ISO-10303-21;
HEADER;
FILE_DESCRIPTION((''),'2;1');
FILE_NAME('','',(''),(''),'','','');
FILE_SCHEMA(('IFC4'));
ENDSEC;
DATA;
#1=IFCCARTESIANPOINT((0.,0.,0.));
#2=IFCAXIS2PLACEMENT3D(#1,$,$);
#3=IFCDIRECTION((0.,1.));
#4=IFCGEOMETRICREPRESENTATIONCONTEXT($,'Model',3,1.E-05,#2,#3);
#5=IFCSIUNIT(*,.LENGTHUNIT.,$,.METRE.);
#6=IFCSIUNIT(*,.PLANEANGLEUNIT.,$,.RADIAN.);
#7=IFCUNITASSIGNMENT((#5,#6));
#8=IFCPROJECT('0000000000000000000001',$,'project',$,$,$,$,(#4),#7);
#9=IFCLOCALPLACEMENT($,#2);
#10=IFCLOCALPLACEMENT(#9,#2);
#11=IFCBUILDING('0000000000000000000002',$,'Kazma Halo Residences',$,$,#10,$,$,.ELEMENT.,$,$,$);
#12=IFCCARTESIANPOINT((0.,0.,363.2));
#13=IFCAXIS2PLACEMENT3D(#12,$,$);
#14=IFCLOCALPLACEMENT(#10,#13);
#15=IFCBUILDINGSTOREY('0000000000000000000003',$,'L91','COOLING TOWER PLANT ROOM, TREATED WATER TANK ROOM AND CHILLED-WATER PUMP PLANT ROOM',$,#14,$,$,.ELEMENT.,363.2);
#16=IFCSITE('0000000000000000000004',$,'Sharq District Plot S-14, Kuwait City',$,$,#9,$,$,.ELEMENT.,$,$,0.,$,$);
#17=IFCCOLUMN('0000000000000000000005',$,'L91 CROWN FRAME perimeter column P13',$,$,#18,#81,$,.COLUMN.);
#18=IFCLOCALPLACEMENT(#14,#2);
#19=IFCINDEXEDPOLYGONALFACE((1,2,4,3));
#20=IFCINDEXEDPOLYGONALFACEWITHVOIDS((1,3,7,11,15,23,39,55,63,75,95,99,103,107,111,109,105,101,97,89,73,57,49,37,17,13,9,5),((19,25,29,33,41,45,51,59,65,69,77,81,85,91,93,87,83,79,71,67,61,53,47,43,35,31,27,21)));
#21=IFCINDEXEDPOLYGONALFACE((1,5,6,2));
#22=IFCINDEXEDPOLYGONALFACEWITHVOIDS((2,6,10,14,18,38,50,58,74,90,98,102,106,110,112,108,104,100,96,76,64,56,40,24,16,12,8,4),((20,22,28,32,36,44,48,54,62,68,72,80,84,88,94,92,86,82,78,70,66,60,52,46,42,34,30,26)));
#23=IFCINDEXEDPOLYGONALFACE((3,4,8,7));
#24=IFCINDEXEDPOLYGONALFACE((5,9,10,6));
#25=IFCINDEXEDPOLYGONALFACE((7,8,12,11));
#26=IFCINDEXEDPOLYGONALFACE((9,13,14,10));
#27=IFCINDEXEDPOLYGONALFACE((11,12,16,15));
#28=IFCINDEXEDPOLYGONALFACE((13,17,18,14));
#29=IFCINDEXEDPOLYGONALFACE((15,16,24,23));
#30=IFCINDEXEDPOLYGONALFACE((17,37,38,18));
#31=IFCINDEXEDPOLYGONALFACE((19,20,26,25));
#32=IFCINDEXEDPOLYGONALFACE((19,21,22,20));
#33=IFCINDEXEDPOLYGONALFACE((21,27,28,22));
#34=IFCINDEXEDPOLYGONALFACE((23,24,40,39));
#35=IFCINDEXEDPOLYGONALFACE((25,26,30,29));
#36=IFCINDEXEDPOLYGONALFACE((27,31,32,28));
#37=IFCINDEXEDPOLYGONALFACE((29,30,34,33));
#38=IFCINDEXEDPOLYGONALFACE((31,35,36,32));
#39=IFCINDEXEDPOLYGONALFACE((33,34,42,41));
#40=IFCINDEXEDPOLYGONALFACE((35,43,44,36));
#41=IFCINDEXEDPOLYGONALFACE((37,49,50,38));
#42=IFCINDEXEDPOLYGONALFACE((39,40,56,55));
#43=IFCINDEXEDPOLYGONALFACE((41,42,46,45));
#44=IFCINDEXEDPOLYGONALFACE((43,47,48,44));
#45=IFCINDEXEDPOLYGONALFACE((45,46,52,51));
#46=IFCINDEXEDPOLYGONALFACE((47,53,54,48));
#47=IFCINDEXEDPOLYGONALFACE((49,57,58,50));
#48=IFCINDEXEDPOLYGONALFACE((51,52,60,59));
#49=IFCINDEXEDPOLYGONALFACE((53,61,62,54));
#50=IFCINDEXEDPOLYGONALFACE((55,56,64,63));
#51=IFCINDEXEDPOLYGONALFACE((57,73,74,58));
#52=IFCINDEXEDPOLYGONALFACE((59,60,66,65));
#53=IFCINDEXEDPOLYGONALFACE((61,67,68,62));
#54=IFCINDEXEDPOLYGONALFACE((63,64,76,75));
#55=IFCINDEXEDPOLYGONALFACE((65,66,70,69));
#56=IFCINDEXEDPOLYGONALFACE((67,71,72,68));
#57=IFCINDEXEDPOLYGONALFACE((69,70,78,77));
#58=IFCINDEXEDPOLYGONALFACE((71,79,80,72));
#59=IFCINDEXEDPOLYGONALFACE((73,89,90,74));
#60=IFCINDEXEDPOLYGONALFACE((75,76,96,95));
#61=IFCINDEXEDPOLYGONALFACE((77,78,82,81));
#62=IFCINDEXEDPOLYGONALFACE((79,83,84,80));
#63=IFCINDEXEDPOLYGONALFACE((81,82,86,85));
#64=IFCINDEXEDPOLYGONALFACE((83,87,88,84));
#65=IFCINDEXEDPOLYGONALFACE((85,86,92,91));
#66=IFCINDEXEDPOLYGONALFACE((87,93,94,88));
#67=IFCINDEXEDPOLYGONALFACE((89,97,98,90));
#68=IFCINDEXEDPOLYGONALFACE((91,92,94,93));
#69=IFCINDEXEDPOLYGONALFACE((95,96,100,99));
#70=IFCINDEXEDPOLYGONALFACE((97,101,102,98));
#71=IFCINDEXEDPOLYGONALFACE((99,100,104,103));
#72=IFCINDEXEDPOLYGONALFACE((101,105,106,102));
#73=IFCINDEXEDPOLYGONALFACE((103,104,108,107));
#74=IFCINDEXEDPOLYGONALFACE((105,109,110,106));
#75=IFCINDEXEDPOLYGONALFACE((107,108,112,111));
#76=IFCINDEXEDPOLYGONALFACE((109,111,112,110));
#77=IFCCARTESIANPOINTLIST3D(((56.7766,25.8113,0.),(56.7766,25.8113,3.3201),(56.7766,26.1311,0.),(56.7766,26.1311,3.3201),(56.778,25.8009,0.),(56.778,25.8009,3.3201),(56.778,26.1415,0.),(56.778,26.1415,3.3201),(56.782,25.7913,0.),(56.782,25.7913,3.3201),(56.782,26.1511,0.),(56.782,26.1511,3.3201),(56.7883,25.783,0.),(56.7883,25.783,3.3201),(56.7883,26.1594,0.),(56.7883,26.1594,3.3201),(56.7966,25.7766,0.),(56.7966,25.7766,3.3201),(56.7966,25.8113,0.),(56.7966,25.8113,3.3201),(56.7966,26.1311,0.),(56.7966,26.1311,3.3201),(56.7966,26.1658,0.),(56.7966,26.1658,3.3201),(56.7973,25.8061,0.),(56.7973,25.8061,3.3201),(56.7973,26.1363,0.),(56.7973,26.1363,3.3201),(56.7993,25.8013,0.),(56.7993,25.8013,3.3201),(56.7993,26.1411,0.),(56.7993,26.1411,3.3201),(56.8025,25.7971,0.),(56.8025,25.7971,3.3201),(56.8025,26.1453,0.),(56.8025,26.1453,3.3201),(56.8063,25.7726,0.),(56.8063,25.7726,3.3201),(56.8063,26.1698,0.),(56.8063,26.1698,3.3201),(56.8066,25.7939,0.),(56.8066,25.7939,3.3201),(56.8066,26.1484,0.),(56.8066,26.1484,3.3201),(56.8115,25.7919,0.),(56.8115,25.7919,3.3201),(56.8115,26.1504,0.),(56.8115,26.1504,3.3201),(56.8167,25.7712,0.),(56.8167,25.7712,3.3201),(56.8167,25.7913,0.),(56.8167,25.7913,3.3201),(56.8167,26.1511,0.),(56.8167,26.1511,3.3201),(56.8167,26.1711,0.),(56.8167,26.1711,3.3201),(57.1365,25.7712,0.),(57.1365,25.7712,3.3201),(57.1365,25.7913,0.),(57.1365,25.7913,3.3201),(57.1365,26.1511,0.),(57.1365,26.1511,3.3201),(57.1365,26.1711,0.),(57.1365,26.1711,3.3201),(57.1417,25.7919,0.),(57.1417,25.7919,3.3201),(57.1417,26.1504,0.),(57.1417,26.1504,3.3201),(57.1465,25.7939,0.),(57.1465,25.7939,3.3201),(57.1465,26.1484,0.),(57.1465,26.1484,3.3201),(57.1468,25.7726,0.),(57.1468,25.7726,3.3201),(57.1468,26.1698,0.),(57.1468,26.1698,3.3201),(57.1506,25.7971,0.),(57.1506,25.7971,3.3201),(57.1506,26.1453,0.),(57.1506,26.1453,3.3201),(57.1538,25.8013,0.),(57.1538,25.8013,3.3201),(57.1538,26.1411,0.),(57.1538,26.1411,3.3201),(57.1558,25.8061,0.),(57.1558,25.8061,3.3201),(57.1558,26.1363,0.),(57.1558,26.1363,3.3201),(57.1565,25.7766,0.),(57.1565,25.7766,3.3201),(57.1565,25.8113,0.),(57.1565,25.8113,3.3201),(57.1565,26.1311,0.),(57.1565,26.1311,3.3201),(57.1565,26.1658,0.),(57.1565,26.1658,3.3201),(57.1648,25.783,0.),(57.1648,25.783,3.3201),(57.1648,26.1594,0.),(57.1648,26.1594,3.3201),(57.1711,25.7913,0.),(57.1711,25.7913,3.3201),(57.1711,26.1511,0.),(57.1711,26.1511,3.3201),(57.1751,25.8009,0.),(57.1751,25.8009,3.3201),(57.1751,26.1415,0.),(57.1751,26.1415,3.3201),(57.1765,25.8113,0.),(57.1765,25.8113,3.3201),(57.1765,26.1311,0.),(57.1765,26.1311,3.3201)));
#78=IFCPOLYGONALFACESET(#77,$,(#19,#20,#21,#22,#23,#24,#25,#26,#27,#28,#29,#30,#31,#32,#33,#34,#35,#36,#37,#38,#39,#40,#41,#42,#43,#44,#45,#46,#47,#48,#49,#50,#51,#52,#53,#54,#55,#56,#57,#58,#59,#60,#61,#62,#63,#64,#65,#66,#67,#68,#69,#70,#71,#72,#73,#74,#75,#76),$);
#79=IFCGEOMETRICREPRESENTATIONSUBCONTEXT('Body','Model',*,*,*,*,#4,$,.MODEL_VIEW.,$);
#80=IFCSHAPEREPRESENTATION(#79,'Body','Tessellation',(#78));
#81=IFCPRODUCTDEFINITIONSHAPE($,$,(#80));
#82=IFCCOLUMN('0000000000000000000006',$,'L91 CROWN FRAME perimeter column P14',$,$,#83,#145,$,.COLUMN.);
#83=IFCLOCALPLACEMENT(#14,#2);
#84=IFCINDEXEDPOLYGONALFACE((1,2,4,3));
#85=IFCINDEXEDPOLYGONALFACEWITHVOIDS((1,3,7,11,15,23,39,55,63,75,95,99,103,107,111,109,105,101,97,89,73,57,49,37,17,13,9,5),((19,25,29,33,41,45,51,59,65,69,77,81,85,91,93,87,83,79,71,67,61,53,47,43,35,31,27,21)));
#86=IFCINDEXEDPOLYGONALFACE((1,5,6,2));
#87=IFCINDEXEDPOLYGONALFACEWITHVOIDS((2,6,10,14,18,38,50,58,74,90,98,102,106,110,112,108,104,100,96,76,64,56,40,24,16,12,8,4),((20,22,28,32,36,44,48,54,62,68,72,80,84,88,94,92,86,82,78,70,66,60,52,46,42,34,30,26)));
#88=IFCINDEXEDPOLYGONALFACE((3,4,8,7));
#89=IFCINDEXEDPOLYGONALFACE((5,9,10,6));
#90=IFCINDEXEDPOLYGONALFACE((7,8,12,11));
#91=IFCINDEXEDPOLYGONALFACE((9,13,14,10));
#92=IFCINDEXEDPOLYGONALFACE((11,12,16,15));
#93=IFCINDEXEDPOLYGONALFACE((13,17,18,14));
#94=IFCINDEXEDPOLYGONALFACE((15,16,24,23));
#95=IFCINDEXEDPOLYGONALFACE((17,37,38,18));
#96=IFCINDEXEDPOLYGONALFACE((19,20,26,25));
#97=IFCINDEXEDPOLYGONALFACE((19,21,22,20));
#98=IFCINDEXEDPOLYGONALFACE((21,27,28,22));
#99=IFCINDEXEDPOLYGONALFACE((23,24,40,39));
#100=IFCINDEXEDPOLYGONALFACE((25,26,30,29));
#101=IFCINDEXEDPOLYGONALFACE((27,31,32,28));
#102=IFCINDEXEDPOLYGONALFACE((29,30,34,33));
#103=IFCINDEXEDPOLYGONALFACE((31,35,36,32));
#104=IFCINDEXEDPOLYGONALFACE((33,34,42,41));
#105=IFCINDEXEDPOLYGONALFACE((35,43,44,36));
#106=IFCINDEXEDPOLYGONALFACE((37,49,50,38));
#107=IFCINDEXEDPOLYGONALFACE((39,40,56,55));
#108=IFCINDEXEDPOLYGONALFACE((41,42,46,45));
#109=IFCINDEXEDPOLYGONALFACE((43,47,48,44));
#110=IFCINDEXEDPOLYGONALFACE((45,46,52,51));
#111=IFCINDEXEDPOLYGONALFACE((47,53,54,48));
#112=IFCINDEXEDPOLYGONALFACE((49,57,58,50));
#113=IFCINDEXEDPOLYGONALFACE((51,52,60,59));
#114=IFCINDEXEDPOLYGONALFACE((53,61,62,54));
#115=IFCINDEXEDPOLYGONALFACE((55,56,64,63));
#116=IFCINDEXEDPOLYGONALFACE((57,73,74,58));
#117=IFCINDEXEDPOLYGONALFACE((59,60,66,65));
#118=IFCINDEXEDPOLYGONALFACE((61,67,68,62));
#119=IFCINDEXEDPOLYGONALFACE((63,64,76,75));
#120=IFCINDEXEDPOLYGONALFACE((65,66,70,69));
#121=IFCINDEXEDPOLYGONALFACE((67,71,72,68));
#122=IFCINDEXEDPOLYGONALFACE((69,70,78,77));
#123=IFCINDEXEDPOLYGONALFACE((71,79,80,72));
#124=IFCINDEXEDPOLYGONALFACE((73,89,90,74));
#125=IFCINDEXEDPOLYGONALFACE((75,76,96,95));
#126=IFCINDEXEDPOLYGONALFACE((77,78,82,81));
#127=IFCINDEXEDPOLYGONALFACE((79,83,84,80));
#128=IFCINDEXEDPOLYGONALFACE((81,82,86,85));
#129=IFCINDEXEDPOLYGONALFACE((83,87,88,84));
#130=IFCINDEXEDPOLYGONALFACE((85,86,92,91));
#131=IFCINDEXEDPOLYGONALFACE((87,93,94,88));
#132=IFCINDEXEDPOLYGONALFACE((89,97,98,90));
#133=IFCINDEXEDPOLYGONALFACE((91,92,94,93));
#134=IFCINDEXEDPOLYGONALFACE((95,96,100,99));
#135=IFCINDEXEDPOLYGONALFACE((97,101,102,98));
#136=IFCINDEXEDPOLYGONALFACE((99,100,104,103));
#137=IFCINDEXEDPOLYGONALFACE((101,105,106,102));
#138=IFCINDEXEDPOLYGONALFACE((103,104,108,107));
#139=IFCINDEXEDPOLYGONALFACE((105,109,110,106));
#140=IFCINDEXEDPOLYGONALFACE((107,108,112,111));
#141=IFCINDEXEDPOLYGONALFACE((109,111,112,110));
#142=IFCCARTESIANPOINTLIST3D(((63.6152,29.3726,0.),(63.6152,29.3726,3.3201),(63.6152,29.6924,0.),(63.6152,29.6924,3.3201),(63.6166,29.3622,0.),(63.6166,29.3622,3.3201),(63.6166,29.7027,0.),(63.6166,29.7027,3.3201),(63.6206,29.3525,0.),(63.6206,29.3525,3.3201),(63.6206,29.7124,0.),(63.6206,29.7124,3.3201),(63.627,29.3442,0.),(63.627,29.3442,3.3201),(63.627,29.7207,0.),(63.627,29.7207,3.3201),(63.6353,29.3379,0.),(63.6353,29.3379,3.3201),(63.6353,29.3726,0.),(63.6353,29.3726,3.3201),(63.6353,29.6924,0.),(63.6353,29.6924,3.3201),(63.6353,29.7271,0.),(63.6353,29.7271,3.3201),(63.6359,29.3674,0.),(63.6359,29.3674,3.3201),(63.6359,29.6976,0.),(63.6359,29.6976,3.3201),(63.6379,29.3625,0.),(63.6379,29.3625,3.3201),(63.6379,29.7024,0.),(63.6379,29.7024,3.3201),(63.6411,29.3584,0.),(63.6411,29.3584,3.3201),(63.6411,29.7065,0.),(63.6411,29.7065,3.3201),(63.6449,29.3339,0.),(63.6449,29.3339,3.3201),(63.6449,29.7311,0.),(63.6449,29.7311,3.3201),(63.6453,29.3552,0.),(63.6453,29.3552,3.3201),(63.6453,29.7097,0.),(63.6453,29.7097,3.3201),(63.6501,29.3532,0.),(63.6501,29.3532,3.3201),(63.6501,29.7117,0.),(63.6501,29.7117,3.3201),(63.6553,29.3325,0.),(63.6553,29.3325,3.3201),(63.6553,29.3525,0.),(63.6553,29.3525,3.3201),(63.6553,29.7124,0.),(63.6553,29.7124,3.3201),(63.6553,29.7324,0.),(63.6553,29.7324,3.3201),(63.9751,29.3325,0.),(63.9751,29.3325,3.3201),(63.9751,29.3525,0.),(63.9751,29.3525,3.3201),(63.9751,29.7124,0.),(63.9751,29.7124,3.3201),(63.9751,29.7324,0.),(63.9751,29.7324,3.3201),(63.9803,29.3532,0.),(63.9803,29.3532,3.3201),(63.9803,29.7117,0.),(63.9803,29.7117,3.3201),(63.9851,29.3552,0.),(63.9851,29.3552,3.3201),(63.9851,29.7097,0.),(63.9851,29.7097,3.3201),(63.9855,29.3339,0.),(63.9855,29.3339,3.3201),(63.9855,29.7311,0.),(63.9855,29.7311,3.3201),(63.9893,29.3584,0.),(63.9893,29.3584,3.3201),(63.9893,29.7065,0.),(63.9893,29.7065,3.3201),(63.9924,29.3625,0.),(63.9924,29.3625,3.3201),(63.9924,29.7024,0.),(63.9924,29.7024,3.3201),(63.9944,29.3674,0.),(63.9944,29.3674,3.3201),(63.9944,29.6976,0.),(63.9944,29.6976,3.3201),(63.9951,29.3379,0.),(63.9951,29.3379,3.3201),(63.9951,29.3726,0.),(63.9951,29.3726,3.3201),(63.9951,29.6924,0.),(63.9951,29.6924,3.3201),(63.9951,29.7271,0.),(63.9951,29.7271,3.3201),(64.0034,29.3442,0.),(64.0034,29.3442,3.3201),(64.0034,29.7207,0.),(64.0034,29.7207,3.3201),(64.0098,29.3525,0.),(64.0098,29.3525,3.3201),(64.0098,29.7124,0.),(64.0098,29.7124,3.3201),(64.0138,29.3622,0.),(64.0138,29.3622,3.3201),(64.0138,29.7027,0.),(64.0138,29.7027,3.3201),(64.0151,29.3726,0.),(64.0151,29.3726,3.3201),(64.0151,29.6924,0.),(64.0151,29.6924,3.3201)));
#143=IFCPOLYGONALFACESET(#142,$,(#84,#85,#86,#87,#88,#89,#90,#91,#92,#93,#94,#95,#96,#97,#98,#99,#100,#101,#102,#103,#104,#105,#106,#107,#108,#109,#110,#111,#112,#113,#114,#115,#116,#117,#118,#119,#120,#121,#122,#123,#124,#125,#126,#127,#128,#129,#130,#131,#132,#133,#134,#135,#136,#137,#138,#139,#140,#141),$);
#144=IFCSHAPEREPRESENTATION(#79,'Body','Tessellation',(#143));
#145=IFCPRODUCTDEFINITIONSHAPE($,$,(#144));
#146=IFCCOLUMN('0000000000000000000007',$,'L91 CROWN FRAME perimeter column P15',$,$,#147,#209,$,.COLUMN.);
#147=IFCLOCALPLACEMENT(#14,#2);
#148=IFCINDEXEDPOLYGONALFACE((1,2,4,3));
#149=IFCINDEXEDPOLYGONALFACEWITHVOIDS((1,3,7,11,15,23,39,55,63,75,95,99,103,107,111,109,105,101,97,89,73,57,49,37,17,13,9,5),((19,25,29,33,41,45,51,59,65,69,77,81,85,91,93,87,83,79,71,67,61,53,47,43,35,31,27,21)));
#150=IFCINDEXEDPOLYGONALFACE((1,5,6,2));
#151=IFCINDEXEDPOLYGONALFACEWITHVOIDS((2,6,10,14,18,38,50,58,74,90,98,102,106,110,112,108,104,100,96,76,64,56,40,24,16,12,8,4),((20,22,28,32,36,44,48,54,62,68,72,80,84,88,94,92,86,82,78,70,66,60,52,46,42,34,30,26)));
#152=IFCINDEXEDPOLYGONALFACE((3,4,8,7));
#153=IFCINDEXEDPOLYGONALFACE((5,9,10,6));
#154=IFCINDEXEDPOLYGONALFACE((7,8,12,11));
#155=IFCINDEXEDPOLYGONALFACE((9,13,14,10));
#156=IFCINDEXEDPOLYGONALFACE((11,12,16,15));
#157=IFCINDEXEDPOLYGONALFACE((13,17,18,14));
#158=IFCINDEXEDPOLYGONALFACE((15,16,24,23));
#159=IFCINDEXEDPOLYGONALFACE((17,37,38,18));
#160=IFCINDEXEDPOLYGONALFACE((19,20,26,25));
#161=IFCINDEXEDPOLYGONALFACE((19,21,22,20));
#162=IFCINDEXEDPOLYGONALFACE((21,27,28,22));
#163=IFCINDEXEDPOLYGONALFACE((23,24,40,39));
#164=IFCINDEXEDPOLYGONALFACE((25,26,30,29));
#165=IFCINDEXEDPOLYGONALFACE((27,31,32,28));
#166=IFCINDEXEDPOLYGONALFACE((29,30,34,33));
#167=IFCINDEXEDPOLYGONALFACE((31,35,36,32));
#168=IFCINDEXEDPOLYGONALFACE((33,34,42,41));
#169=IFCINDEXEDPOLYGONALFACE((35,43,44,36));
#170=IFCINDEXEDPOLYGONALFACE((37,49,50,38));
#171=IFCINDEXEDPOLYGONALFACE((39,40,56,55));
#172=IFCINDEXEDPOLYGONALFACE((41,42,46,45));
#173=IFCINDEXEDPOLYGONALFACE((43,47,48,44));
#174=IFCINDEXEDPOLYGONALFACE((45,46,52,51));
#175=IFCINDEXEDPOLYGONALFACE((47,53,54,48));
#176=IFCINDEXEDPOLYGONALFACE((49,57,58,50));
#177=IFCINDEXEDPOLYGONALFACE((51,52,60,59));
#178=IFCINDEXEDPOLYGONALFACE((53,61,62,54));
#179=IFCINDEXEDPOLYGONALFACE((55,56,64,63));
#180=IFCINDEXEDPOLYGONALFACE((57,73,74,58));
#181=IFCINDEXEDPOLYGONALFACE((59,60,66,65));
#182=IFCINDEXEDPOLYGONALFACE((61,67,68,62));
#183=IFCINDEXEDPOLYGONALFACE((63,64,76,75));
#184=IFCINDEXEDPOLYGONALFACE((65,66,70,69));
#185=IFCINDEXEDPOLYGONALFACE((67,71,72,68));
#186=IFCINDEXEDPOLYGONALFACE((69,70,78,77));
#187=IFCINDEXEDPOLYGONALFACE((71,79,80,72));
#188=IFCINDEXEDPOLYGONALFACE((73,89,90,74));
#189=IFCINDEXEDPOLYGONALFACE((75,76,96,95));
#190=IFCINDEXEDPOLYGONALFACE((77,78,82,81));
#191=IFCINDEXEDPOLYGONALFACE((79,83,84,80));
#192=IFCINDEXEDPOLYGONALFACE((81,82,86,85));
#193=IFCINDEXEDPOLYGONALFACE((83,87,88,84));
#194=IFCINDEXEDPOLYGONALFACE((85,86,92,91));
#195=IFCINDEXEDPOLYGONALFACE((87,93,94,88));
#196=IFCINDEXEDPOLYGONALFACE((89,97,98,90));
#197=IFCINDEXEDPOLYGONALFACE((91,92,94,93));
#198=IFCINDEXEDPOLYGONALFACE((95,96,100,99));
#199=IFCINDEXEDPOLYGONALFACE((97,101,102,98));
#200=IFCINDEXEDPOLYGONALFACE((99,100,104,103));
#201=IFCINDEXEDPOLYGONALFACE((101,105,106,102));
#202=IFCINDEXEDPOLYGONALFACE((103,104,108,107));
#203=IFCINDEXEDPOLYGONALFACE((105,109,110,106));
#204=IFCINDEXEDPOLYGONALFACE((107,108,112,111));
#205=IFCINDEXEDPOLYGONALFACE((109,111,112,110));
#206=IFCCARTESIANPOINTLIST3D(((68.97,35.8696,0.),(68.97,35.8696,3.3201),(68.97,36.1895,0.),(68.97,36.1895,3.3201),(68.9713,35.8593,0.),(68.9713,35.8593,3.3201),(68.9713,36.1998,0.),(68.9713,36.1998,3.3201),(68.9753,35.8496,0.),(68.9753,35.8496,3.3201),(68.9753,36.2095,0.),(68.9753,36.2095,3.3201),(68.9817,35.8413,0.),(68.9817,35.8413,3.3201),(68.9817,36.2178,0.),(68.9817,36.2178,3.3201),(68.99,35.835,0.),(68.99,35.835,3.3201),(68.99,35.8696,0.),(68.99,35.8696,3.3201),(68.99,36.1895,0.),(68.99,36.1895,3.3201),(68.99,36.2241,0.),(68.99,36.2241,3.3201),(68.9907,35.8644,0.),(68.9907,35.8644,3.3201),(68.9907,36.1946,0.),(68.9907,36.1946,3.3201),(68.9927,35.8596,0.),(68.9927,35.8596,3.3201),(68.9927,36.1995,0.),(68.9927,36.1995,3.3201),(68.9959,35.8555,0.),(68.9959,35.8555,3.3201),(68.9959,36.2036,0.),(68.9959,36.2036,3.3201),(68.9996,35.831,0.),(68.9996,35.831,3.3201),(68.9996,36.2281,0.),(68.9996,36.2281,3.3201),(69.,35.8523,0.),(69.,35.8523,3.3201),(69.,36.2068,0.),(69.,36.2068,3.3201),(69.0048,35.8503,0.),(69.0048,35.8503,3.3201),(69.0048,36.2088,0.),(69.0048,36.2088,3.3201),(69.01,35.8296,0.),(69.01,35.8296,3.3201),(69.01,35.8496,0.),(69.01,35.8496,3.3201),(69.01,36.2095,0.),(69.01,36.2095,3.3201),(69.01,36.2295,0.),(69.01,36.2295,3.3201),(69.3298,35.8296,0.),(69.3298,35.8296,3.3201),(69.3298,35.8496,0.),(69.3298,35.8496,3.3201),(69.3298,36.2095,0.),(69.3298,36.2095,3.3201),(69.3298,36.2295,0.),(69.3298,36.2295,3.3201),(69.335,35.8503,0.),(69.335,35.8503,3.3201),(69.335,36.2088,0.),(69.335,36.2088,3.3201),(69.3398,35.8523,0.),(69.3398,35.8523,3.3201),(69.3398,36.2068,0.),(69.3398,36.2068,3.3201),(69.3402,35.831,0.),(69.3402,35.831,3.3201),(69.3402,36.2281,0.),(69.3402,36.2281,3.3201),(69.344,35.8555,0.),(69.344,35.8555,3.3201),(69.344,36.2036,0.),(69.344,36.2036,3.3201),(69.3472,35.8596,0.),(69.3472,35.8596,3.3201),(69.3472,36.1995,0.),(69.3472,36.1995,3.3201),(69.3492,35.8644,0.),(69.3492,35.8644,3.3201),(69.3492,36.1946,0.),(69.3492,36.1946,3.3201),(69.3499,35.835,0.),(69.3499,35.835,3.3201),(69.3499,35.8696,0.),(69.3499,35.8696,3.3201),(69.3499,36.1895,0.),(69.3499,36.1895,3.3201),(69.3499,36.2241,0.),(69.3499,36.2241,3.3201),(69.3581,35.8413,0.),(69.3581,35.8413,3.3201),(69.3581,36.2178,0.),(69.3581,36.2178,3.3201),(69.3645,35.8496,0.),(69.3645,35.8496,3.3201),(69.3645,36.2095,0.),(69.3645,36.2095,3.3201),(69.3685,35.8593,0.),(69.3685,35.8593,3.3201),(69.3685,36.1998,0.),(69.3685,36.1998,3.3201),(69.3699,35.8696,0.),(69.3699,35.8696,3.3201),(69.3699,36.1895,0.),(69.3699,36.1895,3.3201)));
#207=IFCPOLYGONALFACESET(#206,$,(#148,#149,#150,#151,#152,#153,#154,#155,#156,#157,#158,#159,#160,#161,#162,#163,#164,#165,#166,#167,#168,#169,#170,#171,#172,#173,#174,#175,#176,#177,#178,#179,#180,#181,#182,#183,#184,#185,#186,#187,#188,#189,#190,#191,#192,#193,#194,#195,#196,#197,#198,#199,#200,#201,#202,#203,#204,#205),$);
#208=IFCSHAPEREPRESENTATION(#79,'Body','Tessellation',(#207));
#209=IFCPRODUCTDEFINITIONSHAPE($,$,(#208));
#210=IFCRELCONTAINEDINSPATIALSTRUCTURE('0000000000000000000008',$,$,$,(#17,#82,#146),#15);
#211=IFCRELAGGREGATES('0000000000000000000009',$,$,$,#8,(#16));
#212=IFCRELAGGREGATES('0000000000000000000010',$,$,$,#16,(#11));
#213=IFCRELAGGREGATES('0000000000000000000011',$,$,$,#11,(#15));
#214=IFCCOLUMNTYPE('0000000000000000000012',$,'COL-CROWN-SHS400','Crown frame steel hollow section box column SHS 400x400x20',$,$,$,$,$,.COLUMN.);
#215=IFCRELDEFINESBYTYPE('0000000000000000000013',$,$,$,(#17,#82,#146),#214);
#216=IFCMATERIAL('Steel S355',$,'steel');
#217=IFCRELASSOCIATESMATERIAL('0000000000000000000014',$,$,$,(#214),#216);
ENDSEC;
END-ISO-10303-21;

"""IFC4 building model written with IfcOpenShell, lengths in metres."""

from ifc_helpers import new_model, si_unit, direction, frame, origin, origin_2d, place, context, subcontext, project, spatial, hollow_rectangle, extrude, material, material_profile, profile_set, type_object, element, save


model = new_model("IFC4")

# Units and contexts
model_context = context("Model", 3, precision=1e-05, world=origin(), true_north=direction((0.0, 1.0)))
body_context = subcontext(model_context, "Body", "Model", "MODEL_VIEW")
ifc_project = project(units=[si_unit("LENGTHUNIT", "METRE"), si_unit("PLANEANGLEUNIT", "RADIAN")], contexts=[model_context])

# Site, building, storey
site_placement = place(None, origin())
site = spatial("IfcSite", under=ifc_project, at=site_placement, Name="Sharq District Plot S-14, Kuwait City", CompositionType="ELEMENT", RefElevation=0.0)
building_placement = place(site_placement, origin())
building = spatial("IfcBuilding", under=site, at=building_placement, Name="Kazma Halo Residences", CompositionType="ELEMENT")
storey_placement = place(building_placement, frame((0.0, 0.0, 363.2)))
storey = spatial("IfcBuildingStorey", under=building, at=storey_placement, Name="L91", Description="COOLING TOWER PLANT ROOM, TREATED WATER TANK ROOM AND CHILLED-WATER PUMP PLANT ROOM", CompositionType="ELEMENT", Elevation=363.2)

# Columns
ifc_material_1 = material(Name="Steel S355", Category="steel")
ifc_material_profile_1 = material_profile(ifc_material_1, hollow_rectangle(XDim=0.3999, YDim=0.3999, WallThickness=0.02, InnerFilletRadius=0.02, OuterFilletRadius=0.04, at=origin_2d()), Name="SHS400x400x20")
ifc_profile_set_1 = profile_set([ifc_material_profile_1], Name="Steel S355")
column_type = type_object("IfcColumnType", Name="COL-CROWN-SHS400", Description="Crown frame steel hollow section box column SHS 400x400x20", PredefinedType="COLUMN", material=ifc_profile_set_1)
for number, where, z_axis, x_axis, name in (
    (1, (56.9766, 25.9712, 0.0), (0.0, 0.0, 1.0), (1.0, 0.0, 0.0), "L91 CROWN FRAME perimeter column P13"),
    (2, (63.8152, 29.5325, 0.0), (0.0, 0.0, 1.0), (1.0, 0.0, 0.0), "L91 CROWN FRAME perimeter column P14"),
    (3, (69.1699, 36.0295, 0.0), (0.0, 0.0, 1.0), (1.0, 0.0, 0.0), "L91 CROWN FRAME perimeter column P15"),
):
    element("IfcColumn", number, at=place(storey_placement, frame(where, z_axis=z_axis, x_axis=x_axis)), inside=storey, type_object=column_type, Name=name, PredefinedType="COLUMN", context=body_context, shape_type="SweptSolid", body=[
        extrude(hollow_rectangle(XDim=0.3999, YDim=0.3999, WallThickness=0.02, InnerFilletRadius=0.02, OuterFilletRadius=0.04, at=origin_2d()), origin(), (0.0, 0.0, 1.0), 3.3201),
    ])

save(model, "model.ifc")
